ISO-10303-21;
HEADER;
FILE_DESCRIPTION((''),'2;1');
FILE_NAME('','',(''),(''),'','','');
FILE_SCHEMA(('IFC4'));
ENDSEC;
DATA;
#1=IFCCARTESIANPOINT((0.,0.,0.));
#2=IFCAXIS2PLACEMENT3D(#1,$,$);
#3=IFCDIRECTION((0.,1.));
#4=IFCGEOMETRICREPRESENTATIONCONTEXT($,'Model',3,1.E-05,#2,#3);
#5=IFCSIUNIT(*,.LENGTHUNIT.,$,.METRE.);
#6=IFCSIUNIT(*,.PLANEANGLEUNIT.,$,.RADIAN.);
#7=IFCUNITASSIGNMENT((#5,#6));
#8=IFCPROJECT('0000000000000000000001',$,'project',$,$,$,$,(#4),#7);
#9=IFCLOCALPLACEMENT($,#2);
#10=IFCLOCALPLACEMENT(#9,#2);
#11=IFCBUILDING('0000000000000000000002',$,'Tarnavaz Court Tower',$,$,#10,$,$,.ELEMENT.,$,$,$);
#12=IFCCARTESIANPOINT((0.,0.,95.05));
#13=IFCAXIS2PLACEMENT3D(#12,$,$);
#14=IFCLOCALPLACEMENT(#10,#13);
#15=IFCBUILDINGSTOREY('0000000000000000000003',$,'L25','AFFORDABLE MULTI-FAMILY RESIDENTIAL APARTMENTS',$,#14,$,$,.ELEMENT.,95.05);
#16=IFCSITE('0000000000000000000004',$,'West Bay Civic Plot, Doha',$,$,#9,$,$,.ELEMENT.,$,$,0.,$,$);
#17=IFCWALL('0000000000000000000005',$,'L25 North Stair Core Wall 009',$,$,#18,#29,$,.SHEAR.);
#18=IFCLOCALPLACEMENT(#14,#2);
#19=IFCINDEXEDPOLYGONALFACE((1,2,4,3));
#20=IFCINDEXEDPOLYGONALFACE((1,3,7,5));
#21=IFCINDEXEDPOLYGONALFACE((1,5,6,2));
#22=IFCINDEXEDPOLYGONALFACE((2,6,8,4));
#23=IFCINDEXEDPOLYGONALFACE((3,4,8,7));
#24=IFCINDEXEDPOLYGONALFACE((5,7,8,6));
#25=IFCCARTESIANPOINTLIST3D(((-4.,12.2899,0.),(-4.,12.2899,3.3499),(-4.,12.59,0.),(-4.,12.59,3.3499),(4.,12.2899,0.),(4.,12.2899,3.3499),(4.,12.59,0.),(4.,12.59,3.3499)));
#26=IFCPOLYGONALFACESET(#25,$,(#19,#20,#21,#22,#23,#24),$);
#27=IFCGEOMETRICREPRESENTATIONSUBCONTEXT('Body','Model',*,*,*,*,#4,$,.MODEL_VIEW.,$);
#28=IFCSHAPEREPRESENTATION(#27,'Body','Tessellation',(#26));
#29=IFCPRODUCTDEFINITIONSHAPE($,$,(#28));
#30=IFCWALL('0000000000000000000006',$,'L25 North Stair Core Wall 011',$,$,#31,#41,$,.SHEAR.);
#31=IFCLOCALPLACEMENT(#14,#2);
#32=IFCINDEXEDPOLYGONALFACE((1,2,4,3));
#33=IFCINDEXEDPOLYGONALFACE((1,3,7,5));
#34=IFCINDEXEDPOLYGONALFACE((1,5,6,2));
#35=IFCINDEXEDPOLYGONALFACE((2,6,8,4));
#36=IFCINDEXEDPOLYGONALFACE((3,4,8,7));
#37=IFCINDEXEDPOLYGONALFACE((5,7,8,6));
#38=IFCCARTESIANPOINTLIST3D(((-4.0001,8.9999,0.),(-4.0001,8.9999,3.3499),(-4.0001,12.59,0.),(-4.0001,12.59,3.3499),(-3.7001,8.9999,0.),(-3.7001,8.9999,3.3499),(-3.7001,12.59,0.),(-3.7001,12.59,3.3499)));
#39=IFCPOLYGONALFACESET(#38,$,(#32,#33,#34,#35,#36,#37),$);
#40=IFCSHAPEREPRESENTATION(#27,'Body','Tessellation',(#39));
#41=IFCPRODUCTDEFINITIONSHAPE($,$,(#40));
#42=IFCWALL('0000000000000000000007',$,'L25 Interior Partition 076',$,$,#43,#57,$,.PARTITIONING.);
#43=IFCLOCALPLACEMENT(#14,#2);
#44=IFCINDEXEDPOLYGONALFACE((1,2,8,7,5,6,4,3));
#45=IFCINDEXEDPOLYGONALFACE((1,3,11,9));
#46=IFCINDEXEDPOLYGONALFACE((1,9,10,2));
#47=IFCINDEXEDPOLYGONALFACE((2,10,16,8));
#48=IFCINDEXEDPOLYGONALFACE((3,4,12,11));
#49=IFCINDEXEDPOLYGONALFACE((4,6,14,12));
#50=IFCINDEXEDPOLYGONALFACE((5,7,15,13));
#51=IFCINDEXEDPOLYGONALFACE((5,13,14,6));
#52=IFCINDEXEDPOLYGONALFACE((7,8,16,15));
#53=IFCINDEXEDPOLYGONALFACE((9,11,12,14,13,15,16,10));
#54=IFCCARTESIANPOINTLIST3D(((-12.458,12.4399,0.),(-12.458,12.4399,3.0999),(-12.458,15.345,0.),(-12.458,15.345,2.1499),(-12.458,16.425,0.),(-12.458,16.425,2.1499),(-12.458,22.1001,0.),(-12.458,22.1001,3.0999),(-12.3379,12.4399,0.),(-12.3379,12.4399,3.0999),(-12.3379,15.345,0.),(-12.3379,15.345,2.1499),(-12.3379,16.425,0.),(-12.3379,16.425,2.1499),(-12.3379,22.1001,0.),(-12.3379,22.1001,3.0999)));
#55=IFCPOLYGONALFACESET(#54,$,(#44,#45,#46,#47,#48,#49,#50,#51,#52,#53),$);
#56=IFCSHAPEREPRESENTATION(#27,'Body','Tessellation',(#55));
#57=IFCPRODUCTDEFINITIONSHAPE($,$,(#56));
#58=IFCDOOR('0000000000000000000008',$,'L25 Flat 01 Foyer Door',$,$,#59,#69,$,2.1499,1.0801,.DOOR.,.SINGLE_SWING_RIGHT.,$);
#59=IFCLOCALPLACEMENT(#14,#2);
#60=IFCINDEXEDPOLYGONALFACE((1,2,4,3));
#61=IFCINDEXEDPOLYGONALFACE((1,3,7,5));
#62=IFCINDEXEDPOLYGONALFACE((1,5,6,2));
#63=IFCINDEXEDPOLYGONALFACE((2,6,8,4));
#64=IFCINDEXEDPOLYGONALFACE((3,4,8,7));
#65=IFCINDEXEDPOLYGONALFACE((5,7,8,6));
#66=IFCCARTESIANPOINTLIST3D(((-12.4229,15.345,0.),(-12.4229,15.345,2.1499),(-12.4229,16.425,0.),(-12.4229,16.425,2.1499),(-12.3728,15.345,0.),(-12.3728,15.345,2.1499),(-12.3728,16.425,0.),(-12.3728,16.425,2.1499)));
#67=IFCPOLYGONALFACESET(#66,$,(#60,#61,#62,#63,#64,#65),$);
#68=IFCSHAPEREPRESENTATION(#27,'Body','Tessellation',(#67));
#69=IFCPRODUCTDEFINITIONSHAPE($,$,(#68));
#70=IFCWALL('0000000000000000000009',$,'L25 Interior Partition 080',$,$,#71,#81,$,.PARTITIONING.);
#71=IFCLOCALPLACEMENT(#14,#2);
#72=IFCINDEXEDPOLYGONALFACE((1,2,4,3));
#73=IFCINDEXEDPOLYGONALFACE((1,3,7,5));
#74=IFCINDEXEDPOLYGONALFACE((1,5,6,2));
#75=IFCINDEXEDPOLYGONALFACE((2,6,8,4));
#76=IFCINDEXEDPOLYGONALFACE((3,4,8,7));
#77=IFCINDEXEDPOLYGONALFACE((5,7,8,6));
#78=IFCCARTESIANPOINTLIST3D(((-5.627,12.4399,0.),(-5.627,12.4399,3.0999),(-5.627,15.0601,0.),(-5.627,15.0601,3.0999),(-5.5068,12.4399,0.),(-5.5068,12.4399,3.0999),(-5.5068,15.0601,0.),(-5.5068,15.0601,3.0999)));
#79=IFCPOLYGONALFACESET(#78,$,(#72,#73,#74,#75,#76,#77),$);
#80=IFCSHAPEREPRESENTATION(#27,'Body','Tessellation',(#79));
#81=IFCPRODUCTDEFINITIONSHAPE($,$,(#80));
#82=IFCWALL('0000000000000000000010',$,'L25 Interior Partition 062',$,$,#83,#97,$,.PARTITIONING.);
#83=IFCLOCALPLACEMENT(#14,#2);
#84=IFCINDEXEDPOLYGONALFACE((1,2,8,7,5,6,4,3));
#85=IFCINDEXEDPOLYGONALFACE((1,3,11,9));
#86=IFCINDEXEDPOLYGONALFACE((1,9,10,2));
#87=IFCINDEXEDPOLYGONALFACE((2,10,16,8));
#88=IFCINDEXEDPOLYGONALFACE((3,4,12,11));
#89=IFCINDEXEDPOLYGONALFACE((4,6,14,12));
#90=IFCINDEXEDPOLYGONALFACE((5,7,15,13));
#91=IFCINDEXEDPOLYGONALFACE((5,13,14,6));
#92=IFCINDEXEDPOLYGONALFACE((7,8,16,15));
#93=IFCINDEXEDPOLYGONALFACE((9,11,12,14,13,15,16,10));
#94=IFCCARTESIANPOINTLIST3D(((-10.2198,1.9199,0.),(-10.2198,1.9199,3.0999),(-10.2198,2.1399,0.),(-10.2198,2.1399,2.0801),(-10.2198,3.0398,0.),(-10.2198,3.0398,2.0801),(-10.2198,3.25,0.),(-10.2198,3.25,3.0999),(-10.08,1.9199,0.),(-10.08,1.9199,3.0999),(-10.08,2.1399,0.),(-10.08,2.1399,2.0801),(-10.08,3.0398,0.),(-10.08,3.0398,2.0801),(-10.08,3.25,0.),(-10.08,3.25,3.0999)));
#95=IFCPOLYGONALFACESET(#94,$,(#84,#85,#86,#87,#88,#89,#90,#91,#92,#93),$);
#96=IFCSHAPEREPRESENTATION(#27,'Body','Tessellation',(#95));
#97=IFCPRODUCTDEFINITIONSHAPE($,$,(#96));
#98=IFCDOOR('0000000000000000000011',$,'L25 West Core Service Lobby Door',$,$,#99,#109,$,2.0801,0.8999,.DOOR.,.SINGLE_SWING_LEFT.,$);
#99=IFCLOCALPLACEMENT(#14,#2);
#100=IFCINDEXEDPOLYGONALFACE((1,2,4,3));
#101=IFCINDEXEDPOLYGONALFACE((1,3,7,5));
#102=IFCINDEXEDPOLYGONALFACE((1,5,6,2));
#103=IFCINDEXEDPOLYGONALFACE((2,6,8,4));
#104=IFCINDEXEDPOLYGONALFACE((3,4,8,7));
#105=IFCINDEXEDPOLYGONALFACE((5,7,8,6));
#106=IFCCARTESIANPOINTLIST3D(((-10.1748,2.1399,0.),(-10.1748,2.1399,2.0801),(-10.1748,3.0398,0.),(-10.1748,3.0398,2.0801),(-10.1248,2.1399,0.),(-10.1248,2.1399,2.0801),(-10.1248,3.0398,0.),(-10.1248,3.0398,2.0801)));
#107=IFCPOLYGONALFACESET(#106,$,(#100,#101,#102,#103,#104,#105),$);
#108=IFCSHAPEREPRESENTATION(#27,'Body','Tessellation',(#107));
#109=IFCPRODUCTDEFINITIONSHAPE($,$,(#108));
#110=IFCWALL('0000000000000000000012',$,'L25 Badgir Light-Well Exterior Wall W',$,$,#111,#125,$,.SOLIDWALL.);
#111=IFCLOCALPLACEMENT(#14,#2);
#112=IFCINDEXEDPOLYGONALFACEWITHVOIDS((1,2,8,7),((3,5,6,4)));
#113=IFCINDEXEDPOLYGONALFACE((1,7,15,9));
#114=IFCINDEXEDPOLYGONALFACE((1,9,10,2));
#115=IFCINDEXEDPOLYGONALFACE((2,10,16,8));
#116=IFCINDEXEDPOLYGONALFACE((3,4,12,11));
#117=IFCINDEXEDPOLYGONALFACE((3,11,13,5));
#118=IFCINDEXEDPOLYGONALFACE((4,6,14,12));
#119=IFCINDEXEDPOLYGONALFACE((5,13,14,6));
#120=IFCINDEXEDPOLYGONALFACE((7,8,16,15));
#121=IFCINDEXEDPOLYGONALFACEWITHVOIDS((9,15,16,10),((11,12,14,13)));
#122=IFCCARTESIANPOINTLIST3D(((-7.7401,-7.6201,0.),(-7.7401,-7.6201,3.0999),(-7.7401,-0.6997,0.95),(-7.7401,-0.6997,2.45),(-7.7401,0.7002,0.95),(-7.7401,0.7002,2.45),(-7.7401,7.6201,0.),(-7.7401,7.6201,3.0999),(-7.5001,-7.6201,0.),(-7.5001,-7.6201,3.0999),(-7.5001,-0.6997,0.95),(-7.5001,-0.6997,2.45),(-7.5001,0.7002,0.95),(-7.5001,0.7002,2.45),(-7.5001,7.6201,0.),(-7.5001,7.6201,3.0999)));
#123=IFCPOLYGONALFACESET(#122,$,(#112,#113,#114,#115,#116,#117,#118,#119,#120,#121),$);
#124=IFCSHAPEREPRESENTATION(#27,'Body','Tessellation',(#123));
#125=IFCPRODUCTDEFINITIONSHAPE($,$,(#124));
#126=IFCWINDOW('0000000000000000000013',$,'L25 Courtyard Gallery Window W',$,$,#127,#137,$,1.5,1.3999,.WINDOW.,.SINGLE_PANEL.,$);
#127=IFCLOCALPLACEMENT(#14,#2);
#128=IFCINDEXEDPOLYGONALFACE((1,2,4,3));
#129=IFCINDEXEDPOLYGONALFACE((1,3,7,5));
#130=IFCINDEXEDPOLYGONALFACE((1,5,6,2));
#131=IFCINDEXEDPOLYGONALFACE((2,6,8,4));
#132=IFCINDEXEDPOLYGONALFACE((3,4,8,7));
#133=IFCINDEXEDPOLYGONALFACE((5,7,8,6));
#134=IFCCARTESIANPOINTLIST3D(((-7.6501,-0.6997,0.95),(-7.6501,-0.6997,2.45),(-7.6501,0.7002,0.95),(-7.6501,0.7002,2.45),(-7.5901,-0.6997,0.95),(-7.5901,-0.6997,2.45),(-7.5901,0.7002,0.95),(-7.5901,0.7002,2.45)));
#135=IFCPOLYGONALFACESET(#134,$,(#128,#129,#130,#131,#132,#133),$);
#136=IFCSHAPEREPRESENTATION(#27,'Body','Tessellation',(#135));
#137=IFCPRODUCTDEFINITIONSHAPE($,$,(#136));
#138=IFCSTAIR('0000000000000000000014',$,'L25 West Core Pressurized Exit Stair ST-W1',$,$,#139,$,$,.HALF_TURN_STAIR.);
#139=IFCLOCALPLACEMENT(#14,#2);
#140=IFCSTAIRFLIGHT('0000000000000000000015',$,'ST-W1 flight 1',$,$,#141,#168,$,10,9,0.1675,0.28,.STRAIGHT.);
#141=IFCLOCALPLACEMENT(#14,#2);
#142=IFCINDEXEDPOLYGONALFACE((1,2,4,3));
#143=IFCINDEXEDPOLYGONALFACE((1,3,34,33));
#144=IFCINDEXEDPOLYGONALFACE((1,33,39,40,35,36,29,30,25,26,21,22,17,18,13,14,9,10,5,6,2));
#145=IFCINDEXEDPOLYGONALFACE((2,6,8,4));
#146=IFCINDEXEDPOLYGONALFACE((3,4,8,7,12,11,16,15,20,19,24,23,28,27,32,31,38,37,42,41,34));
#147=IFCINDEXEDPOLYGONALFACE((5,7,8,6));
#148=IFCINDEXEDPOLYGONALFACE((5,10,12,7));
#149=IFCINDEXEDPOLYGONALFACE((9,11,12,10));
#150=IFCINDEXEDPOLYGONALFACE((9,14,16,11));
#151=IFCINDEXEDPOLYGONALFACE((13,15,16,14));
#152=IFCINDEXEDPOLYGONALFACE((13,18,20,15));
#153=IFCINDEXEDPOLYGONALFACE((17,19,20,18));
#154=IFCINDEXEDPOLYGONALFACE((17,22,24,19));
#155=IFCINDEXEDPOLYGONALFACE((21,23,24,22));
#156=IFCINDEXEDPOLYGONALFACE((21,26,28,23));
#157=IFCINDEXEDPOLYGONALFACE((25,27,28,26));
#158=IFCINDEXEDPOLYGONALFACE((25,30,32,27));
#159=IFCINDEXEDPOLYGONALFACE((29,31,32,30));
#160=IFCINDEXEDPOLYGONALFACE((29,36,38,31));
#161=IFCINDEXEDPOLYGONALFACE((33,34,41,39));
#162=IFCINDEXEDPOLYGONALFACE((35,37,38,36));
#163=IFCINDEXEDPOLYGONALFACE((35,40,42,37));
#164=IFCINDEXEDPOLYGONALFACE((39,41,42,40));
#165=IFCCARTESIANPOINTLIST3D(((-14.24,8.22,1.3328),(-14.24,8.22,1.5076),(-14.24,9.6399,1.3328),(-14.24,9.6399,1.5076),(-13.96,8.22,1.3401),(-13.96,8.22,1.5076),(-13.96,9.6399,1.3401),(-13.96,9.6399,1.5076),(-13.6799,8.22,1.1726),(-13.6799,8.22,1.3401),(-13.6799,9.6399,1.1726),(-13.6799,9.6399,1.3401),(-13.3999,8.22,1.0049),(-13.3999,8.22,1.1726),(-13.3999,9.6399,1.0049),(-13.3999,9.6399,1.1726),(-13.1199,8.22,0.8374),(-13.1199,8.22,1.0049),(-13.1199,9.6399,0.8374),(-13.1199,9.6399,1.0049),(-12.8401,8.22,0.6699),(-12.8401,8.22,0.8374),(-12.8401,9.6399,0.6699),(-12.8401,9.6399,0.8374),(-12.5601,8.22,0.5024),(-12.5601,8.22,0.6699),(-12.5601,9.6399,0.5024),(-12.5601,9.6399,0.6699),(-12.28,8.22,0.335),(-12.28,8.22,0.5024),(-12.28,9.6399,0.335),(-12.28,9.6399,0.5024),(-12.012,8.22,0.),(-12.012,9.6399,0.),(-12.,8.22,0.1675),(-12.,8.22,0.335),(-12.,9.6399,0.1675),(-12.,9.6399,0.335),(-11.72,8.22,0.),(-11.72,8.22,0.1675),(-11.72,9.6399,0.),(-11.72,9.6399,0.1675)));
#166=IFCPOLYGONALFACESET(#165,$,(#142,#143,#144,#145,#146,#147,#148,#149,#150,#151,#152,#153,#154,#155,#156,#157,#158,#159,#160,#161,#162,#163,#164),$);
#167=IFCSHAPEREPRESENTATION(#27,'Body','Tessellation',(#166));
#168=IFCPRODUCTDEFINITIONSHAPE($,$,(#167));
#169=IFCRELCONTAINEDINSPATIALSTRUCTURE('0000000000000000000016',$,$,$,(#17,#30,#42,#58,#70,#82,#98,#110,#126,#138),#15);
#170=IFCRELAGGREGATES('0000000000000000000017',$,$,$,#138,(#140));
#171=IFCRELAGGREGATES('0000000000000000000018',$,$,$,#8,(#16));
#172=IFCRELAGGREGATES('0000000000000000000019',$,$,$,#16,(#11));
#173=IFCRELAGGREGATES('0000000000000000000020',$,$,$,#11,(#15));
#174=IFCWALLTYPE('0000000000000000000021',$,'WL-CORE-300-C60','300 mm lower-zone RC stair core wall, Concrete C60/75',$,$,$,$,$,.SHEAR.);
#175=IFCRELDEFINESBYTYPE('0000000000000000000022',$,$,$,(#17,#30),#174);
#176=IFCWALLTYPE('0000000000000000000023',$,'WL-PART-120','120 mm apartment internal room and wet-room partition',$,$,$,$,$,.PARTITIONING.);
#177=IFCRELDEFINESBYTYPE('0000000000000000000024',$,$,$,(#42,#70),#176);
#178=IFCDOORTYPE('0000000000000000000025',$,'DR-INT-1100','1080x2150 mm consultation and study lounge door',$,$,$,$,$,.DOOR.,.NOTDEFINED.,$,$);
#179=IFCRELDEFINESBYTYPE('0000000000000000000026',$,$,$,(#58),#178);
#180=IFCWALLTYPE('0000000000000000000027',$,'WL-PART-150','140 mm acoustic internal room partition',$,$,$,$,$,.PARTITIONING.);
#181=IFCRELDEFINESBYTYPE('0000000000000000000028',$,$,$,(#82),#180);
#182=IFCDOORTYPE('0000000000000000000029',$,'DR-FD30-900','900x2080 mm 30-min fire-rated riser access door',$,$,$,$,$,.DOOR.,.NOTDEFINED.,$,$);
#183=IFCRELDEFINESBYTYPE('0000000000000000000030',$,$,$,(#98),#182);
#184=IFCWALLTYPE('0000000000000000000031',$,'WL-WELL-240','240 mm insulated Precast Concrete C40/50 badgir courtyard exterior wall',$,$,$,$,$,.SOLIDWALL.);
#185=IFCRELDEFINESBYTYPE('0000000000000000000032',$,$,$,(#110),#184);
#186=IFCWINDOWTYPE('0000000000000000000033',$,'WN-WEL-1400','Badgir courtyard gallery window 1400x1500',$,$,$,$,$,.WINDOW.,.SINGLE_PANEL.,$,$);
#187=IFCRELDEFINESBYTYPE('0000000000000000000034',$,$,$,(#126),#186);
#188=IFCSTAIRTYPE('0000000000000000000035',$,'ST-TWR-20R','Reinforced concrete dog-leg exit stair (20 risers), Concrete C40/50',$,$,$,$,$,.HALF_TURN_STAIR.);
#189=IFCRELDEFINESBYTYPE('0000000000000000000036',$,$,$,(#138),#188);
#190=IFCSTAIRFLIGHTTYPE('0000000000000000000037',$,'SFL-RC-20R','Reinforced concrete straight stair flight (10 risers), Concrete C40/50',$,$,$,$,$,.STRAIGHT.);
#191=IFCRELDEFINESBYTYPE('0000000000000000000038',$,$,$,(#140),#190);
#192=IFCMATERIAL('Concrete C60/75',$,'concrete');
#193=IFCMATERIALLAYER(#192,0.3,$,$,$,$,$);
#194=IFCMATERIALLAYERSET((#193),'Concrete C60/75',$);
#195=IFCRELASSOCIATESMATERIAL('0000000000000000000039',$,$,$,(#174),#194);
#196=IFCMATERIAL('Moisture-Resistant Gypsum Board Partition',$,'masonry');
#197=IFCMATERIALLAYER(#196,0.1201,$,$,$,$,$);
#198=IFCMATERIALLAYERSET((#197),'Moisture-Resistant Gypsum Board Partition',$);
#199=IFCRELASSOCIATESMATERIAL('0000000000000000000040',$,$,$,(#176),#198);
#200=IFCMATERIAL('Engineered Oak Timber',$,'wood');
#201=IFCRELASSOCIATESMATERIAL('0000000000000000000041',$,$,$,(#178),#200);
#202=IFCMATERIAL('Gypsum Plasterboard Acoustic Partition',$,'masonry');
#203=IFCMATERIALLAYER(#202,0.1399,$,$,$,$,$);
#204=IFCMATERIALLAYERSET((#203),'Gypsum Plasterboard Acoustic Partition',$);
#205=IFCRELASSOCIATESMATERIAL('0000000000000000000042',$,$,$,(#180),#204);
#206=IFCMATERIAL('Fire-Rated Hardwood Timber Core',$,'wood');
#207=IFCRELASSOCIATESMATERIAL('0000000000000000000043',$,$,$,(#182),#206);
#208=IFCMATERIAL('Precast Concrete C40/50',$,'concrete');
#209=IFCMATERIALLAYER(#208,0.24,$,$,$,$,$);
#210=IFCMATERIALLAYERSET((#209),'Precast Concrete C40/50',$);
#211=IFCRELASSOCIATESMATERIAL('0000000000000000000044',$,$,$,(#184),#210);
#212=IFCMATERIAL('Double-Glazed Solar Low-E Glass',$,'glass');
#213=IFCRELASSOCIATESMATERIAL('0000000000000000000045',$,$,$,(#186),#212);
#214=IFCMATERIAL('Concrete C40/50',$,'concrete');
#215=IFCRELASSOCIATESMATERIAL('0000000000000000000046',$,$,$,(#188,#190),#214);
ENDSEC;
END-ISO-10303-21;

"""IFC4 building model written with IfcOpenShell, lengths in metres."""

from ifc_helpers import new_model, si_unit, direction, frame, frame_2d, origin, place, context, subcontext, project, spatial, polyline, rectangle, outline, extrude, material, layer, layer_set, type_object, element, fill, aggregate, save


model = new_model("IFC4")

# Units and contexts
model_context = context("Model", 3, precision=1e-05, world=origin(), true_north=direction((0.0, 1.0)))
body_context = subcontext(model_context, "Body", "Model", "MODEL_VIEW")
ifc_project = project(units=[si_unit("LENGTHUNIT", "METRE"), si_unit("PLANEANGLEUNIT", "RADIAN")], contexts=[model_context])

# Site, building, storey
site_placement = place(None, origin())
site = spatial("IfcSite", under=ifc_project, at=site_placement, Name="West Bay Civic Plot, Doha", CompositionType="ELEMENT", RefElevation=0.0)
building_placement = place(site_placement, origin())
building = spatial("IfcBuilding", under=site, at=building_placement, Name="Tarnavaz Court Tower", CompositionType="ELEMENT")
storey_placement = place(building_placement, frame((0.0, 0.0, 95.05)))
storey = spatial("IfcBuildingStorey", under=building, at=storey_placement, Name="L25", Description="AFFORDABLE MULTI-FAMILY RESIDENTIAL APARTMENTS", CompositionType="ELEMENT", Elevation=95.05)

# Shared definitions
ifc_material_1 = material(Name="Concrete C60/75", Category="concrete")

# Wall
ifc_layer_1 = layer(ifc_material_1, 0.3)
ifc_layer_set_1 = layer_set([ifc_layer_1], Name="Concrete C60/75")
wall_type_1 = type_object("IfcWallType", Name="WL-CORE-300-C60", Description="300 mm lower-zone RC stair core wall, Concrete C60/75", PredefinedType="SHEAR", material=ifc_layer_set_1)
wall_1_placement = place(storey_placement, frame((-4.0, 12.4399, 0.0), z_axis=(0.0, 0.0, 1.0), x_axis=(1.0, 0.0, 0.0)))
element("IfcWall", 1, at=wall_1_placement, inside=storey, type_object=wall_type_1, Name="L25 North Stair Core Wall 009", PredefinedType="SHEAR", context=body_context, shape_type="SweptSolid", body=[
    extrude(rectangle(XDim=8.0, YDim=0.3, at=frame_2d((4.0, 0.0))), origin(), (0.0, 0.0, 1.0), 3.3499),
])

# Shared definitions
ifc_material_2 = material(Name="Fire-Rated Hardwood Timber Core", Category="wood")

# Wall
wall_2_placement = place(storey_placement, frame((-3.8501, 9.0, 0.0), z_axis=(0.0, 0.0, 1.0), x_axis=(0.0, 1.0, 0.0)))
element("IfcWall", 2, at=wall_2_placement, inside=storey, type_object=wall_type_1, Name="L25 North Stair Core Wall 011", PredefinedType="SHEAR", context=body_context, shape_type="SweptSolid", body=[
    extrude(rectangle(XDim=3.5901, YDim=0.3, at=frame_2d((1.7949, 0.0))), origin(), (0.0, 0.0, 1.0), 3.3499),
])

# Wall, opening, door
ifc_material_3 = material(Name="Moisture-Resistant Gypsum Board Partition", Category="masonry")
ifc_layer_2 = layer(ifc_material_3, 0.1201)
ifc_layer_set_2 = layer_set([ifc_layer_2], Name="Moisture-Resistant Gypsum Board Partition")
wall_type_2 = type_object("IfcWallType", Name="WL-PART-120", Description="120 mm apartment internal room and wet-room partition", PredefinedType="PARTITIONING", material=ifc_layer_set_2)
wall_3_placement = place(storey_placement, frame((-12.3979, 12.4399, 0.0), z_axis=(0.0, 0.0, 1.0), x_axis=(0.0, 1.0, 0.0)))
wall_3 = element("IfcWall", 3, at=wall_3_placement, inside=storey, type_object=wall_type_2, Name="L25 Interior Partition 076", PredefinedType="PARTITIONING", context=body_context, shape_type="SweptSolid", body=[
    extrude(rectangle(XDim=9.6602, YDim=0.1201, at=frame_2d((4.8301, 0.0))), origin(), (0.0, 0.0, 1.0), 3.0999),
])
opening_1_placement = place(wall_3_placement, frame((2.905, 0.0, 0.0)))
opening_1 = element("IfcOpeningElement", 4, at=opening_1_placement, cuts=wall_3, PredefinedType="OPENING", context=body_context, shape_type="SweptSolid", body=[
    extrude(rectangle(XDim=1.0801, YDim=2.1499, at=frame_2d((0.54, 1.075))), frame((0.0, 0.0701, 0.0), z_axis=(0.0, -1.0, 0.0), x_axis=(1.0, 0.0, 0.0)), (0.0, 0.0, 1.0), 0.1401),
])
ifc_material_4 = material(Name="Engineered Oak Timber", Category="wood")
door_type_1 = type_object("IfcDoorType", Name="DR-INT-1100", Description="1080x2150 mm consultation and study lounge door", OperationType="NOTDEFINED", PredefinedType="DOOR", material=ifc_material_4)
door_1_placement = place(opening_1_placement, origin())
door_1 = element("IfcDoor", 5, at=door_1_placement, inside=storey, type_object=door_type_1, Name="L25 Flat 01 Foyer Door", OperationType="SINGLE_SWING_RIGHT", OverallHeight=2.1499, OverallWidth=1.0801, PredefinedType="DOOR", context=body_context, shape_type="SweptSolid", body=[
    extrude(rectangle(XDim=1.0801, YDim=2.1499, at=frame_2d((0.54, 1.075))), frame((0.0, 0.0249, 0.0), z_axis=(0.0, -1.0, 0.0), x_axis=(1.0, 0.0, 0.0)), (0.0, 0.0, 1.0), 0.05),
])
fill(opening_1, door_1)

# Wall
wall_4_placement = place(storey_placement, frame((-5.5669, 12.4399, 0.0), z_axis=(0.0, 0.0, 1.0), x_axis=(0.0, 1.0, 0.0)))
element("IfcWall", 6, at=wall_4_placement, inside=storey, type_object=wall_type_2, Name="L25 Interior Partition 080", PredefinedType="PARTITIONING", context=body_context, shape_type="SweptSolid", body=[
    extrude(rectangle(XDim=2.6201, YDim=0.1201, at=frame_2d((1.3101, 0.0))), origin(), (0.0, 0.0, 1.0), 3.0999),
])

# Wall, opening, door
ifc_material_5 = material(Name="Gypsum Plasterboard Acoustic Partition", Category="masonry")
ifc_layer_3 = layer(ifc_material_5, 0.1399)
ifc_layer_set_3 = layer_set([ifc_layer_3], Name="Gypsum Plasterboard Acoustic Partition")
wall_type_3 = type_object("IfcWallType", Name="WL-PART-150", Description="140 mm acoustic internal room partition", PredefinedType="PARTITIONING", material=ifc_layer_set_3)
wall_5_placement = place(storey_placement, frame((-10.1499, 1.9199, 0.0), z_axis=(0.0, 0.0, 1.0), x_axis=(0.0, 1.0, 0.0)))
wall_5 = element("IfcWall", 7, at=wall_5_placement, inside=storey, type_object=wall_type_3, Name="L25 Interior Partition 062", PredefinedType="PARTITIONING", context=body_context, shape_type="SweptSolid", body=[
    extrude(rectangle(XDim=1.3301, YDim=0.1399, at=frame_2d((0.665, 0.0))), origin(), (0.0, 0.0, 1.0), 3.0999),
])
opening_2_placement = place(wall_5_placement, frame((0.22, 0.0, 0.0)))
opening_2 = element("IfcOpeningElement", 8, at=opening_2_placement, cuts=wall_5, PredefinedType="OPENING", context=body_context, shape_type="SweptSolid", body=[
    extrude(rectangle(XDim=0.8999, YDim=2.0801, at=frame_2d((0.45, 1.04))), frame((0.0, 0.0798, 0.0), z_axis=(0.0, -1.0, 0.0), x_axis=(1.0, 0.0, 0.0)), (0.0, 0.0, 1.0), 0.1599),
])
door_type_2 = type_object("IfcDoorType", Name="DR-FD30-900", Description="900x2080 mm 30-min fire-rated riser access door", OperationType="NOTDEFINED", PredefinedType="DOOR", material=ifc_material_2)
door_2_placement = place(opening_2_placement, origin())
door_2 = element("IfcDoor", 9, at=door_2_placement, inside=storey, type_object=door_type_2, Name="L25 West Core Service Lobby Door", OperationType="SINGLE_SWING_LEFT", OverallHeight=2.0801, OverallWidth=0.8999, PredefinedType="DOOR", context=body_context, shape_type="SweptSolid", body=[
    extrude(rectangle(XDim=0.8999, YDim=2.0801, at=frame_2d((0.45, 1.04))), frame((0.0, 0.0249, 0.0), z_axis=(0.0, -1.0, 0.0), x_axis=(1.0, 0.0, 0.0)), (0.0, 0.0, 1.0), 0.05),
])
fill(opening_2, door_2)

# Wall, opening, window
ifc_material_6 = material(Name="Precast Concrete C40/50", Category="concrete")
ifc_layer_4 = layer(ifc_material_6, 0.24)
ifc_layer_set_4 = layer_set([ifc_layer_4], Name="Precast Concrete C40/50")
wall_type_4 = type_object("IfcWallType", Name="WL-WELL-240", Description="240 mm insulated Precast Concrete C40/50 badgir courtyard exterior wall", PredefinedType="SOLIDWALL", material=ifc_layer_set_4)
wall_6_placement = place(storey_placement, frame((-7.6201, 7.6201, 0.0), z_axis=(0.0, 0.0, 1.0), x_axis=(0.0, -1.0, 0.0)))
wall_6 = element("IfcWall", 10, at=wall_6_placement, inside=storey, type_object=wall_type_4, Name="L25 Badgir Light-Well Exterior Wall W", PredefinedType="SOLIDWALL", context=body_context, shape_type="SweptSolid", body=[
    extrude(rectangle(XDim=15.2402, YDim=0.24, at=frame_2d((7.6201, 0.0))), origin(), (0.0, 0.0, 1.0), 3.0999),
])
opening_3_placement = place(wall_6_placement, frame((6.9199, 0.0, 0.95)))
opening_3 = element("IfcOpeningElement", 11, at=opening_3_placement, cuts=wall_6, PredefinedType="OPENING", context=body_context, shape_type="SweptSolid", body=[
    extrude(rectangle(XDim=1.3999, YDim=1.5, at=frame_2d((0.7, 0.75))), frame((0.0, 0.1299, 0.0), z_axis=(0.0, -1.0, 0.0), x_axis=(1.0, 0.0, 0.0)), (0.0, 0.0, 1.0), 0.26),
])
ifc_material_7 = material(Name="Double-Glazed Solar Low-E Glass", Category="glass")
window_type = type_object("IfcWindowType", Name="WN-WEL-1400", Description="Badgir courtyard gallery window 1400x1500", PartitioningType="SINGLE_PANEL", PredefinedType="WINDOW", material=ifc_material_7)
window_placement = place(opening_3_placement, origin())
window = element("IfcWindow", 12, at=window_placement, inside=storey, type_object=window_type, Name="L25 Courtyard Gallery Window W", OverallHeight=1.5, OverallWidth=1.3999, PartitioningType="SINGLE_PANEL", PredefinedType="WINDOW", context=body_context, shape_type="SweptSolid", body=[
    extrude(rectangle(XDim=1.3999, YDim=1.5, at=frame_2d((0.7, 0.75))), frame((0.0, 0.03, 0.0), z_axis=(0.0, -1.0, 0.0), x_axis=(1.0, 0.0, 0.0)), (0.0, 0.0, 1.0), 0.0601),
])
fill(opening_3, window)

# Stair, stair flight
ifc_material_8 = material(Name="Concrete C40/50", Category="concrete")
stair_type = type_object("IfcStairType", Name="ST-TWR-20R", Description="Reinforced concrete dog-leg exit stair (20 risers), Concrete C40/50", PredefinedType="HALF_TURN_STAIR", material=ifc_material_8)
stair_1_placement = place(storey_placement, origin())
stair_1 = element("IfcStair", 13, at=stair_1_placement, inside=storey, type_object=stair_type, Name="L25 West Core Pressurized Exit Stair ST-W1", PredefinedType="HALF_TURN_STAIR")
stair_flight_type = type_object("IfcStairFlightType", Name="SFL-RC-20R", Description="Reinforced concrete straight stair flight (10 risers), Concrete C40/50", PredefinedType="STRAIGHT", material=ifc_material_8)
stair_flight_1_placement = place(storey_placement, frame((-11.72, 8.9299, 0.0), z_axis=(0.0, 0.0, 1.0), x_axis=(-1.0, 0.0, 0.0)))
stair_flight_1 = element("IfcStairFlight", 14, at=stair_flight_1_placement, type_object=stair_flight_type, Name="ST-W1 flight 1", NumberOfRisers=10, NumberOfTreads=9, PredefinedType="STRAIGHT", RiserHeight=0.1675, TreadLength=0.28, context=body_context, shape_type="SweptSolid", body=[
    extrude(outline(polyline([(0.0, 0.0), (0.0, 0.1675), (0.28, 0.1675), (0.28, 0.335), (0.5601, 0.335), (0.5601, 0.5024), (0.8401, 0.5024), (0.8401, 0.6699), (1.1201, 0.6699), (1.1201, 0.8374), (1.3999, 0.8374), (1.3999, 1.0049), (1.6799, 1.0049), (1.6799, 1.1726), (1.96, 1.1726), (1.96, 1.3401), (2.24, 1.3401), (2.24, 1.5076), (2.52, 1.5076), (2.52, 1.675), (2.52, 1.3328), (0.292, 0.0), (0.0, 0.0)])), frame((0.0, 0.71, 0.0), z_axis=(0.0, -1.0, 0.0), x_axis=(1.0, 0.0, 0.0)), (0.0, 0.0, 1.0), 1.4199),
])
aggregate(stair_1, [stair_flight_1])

save(model, "model.ifc")
